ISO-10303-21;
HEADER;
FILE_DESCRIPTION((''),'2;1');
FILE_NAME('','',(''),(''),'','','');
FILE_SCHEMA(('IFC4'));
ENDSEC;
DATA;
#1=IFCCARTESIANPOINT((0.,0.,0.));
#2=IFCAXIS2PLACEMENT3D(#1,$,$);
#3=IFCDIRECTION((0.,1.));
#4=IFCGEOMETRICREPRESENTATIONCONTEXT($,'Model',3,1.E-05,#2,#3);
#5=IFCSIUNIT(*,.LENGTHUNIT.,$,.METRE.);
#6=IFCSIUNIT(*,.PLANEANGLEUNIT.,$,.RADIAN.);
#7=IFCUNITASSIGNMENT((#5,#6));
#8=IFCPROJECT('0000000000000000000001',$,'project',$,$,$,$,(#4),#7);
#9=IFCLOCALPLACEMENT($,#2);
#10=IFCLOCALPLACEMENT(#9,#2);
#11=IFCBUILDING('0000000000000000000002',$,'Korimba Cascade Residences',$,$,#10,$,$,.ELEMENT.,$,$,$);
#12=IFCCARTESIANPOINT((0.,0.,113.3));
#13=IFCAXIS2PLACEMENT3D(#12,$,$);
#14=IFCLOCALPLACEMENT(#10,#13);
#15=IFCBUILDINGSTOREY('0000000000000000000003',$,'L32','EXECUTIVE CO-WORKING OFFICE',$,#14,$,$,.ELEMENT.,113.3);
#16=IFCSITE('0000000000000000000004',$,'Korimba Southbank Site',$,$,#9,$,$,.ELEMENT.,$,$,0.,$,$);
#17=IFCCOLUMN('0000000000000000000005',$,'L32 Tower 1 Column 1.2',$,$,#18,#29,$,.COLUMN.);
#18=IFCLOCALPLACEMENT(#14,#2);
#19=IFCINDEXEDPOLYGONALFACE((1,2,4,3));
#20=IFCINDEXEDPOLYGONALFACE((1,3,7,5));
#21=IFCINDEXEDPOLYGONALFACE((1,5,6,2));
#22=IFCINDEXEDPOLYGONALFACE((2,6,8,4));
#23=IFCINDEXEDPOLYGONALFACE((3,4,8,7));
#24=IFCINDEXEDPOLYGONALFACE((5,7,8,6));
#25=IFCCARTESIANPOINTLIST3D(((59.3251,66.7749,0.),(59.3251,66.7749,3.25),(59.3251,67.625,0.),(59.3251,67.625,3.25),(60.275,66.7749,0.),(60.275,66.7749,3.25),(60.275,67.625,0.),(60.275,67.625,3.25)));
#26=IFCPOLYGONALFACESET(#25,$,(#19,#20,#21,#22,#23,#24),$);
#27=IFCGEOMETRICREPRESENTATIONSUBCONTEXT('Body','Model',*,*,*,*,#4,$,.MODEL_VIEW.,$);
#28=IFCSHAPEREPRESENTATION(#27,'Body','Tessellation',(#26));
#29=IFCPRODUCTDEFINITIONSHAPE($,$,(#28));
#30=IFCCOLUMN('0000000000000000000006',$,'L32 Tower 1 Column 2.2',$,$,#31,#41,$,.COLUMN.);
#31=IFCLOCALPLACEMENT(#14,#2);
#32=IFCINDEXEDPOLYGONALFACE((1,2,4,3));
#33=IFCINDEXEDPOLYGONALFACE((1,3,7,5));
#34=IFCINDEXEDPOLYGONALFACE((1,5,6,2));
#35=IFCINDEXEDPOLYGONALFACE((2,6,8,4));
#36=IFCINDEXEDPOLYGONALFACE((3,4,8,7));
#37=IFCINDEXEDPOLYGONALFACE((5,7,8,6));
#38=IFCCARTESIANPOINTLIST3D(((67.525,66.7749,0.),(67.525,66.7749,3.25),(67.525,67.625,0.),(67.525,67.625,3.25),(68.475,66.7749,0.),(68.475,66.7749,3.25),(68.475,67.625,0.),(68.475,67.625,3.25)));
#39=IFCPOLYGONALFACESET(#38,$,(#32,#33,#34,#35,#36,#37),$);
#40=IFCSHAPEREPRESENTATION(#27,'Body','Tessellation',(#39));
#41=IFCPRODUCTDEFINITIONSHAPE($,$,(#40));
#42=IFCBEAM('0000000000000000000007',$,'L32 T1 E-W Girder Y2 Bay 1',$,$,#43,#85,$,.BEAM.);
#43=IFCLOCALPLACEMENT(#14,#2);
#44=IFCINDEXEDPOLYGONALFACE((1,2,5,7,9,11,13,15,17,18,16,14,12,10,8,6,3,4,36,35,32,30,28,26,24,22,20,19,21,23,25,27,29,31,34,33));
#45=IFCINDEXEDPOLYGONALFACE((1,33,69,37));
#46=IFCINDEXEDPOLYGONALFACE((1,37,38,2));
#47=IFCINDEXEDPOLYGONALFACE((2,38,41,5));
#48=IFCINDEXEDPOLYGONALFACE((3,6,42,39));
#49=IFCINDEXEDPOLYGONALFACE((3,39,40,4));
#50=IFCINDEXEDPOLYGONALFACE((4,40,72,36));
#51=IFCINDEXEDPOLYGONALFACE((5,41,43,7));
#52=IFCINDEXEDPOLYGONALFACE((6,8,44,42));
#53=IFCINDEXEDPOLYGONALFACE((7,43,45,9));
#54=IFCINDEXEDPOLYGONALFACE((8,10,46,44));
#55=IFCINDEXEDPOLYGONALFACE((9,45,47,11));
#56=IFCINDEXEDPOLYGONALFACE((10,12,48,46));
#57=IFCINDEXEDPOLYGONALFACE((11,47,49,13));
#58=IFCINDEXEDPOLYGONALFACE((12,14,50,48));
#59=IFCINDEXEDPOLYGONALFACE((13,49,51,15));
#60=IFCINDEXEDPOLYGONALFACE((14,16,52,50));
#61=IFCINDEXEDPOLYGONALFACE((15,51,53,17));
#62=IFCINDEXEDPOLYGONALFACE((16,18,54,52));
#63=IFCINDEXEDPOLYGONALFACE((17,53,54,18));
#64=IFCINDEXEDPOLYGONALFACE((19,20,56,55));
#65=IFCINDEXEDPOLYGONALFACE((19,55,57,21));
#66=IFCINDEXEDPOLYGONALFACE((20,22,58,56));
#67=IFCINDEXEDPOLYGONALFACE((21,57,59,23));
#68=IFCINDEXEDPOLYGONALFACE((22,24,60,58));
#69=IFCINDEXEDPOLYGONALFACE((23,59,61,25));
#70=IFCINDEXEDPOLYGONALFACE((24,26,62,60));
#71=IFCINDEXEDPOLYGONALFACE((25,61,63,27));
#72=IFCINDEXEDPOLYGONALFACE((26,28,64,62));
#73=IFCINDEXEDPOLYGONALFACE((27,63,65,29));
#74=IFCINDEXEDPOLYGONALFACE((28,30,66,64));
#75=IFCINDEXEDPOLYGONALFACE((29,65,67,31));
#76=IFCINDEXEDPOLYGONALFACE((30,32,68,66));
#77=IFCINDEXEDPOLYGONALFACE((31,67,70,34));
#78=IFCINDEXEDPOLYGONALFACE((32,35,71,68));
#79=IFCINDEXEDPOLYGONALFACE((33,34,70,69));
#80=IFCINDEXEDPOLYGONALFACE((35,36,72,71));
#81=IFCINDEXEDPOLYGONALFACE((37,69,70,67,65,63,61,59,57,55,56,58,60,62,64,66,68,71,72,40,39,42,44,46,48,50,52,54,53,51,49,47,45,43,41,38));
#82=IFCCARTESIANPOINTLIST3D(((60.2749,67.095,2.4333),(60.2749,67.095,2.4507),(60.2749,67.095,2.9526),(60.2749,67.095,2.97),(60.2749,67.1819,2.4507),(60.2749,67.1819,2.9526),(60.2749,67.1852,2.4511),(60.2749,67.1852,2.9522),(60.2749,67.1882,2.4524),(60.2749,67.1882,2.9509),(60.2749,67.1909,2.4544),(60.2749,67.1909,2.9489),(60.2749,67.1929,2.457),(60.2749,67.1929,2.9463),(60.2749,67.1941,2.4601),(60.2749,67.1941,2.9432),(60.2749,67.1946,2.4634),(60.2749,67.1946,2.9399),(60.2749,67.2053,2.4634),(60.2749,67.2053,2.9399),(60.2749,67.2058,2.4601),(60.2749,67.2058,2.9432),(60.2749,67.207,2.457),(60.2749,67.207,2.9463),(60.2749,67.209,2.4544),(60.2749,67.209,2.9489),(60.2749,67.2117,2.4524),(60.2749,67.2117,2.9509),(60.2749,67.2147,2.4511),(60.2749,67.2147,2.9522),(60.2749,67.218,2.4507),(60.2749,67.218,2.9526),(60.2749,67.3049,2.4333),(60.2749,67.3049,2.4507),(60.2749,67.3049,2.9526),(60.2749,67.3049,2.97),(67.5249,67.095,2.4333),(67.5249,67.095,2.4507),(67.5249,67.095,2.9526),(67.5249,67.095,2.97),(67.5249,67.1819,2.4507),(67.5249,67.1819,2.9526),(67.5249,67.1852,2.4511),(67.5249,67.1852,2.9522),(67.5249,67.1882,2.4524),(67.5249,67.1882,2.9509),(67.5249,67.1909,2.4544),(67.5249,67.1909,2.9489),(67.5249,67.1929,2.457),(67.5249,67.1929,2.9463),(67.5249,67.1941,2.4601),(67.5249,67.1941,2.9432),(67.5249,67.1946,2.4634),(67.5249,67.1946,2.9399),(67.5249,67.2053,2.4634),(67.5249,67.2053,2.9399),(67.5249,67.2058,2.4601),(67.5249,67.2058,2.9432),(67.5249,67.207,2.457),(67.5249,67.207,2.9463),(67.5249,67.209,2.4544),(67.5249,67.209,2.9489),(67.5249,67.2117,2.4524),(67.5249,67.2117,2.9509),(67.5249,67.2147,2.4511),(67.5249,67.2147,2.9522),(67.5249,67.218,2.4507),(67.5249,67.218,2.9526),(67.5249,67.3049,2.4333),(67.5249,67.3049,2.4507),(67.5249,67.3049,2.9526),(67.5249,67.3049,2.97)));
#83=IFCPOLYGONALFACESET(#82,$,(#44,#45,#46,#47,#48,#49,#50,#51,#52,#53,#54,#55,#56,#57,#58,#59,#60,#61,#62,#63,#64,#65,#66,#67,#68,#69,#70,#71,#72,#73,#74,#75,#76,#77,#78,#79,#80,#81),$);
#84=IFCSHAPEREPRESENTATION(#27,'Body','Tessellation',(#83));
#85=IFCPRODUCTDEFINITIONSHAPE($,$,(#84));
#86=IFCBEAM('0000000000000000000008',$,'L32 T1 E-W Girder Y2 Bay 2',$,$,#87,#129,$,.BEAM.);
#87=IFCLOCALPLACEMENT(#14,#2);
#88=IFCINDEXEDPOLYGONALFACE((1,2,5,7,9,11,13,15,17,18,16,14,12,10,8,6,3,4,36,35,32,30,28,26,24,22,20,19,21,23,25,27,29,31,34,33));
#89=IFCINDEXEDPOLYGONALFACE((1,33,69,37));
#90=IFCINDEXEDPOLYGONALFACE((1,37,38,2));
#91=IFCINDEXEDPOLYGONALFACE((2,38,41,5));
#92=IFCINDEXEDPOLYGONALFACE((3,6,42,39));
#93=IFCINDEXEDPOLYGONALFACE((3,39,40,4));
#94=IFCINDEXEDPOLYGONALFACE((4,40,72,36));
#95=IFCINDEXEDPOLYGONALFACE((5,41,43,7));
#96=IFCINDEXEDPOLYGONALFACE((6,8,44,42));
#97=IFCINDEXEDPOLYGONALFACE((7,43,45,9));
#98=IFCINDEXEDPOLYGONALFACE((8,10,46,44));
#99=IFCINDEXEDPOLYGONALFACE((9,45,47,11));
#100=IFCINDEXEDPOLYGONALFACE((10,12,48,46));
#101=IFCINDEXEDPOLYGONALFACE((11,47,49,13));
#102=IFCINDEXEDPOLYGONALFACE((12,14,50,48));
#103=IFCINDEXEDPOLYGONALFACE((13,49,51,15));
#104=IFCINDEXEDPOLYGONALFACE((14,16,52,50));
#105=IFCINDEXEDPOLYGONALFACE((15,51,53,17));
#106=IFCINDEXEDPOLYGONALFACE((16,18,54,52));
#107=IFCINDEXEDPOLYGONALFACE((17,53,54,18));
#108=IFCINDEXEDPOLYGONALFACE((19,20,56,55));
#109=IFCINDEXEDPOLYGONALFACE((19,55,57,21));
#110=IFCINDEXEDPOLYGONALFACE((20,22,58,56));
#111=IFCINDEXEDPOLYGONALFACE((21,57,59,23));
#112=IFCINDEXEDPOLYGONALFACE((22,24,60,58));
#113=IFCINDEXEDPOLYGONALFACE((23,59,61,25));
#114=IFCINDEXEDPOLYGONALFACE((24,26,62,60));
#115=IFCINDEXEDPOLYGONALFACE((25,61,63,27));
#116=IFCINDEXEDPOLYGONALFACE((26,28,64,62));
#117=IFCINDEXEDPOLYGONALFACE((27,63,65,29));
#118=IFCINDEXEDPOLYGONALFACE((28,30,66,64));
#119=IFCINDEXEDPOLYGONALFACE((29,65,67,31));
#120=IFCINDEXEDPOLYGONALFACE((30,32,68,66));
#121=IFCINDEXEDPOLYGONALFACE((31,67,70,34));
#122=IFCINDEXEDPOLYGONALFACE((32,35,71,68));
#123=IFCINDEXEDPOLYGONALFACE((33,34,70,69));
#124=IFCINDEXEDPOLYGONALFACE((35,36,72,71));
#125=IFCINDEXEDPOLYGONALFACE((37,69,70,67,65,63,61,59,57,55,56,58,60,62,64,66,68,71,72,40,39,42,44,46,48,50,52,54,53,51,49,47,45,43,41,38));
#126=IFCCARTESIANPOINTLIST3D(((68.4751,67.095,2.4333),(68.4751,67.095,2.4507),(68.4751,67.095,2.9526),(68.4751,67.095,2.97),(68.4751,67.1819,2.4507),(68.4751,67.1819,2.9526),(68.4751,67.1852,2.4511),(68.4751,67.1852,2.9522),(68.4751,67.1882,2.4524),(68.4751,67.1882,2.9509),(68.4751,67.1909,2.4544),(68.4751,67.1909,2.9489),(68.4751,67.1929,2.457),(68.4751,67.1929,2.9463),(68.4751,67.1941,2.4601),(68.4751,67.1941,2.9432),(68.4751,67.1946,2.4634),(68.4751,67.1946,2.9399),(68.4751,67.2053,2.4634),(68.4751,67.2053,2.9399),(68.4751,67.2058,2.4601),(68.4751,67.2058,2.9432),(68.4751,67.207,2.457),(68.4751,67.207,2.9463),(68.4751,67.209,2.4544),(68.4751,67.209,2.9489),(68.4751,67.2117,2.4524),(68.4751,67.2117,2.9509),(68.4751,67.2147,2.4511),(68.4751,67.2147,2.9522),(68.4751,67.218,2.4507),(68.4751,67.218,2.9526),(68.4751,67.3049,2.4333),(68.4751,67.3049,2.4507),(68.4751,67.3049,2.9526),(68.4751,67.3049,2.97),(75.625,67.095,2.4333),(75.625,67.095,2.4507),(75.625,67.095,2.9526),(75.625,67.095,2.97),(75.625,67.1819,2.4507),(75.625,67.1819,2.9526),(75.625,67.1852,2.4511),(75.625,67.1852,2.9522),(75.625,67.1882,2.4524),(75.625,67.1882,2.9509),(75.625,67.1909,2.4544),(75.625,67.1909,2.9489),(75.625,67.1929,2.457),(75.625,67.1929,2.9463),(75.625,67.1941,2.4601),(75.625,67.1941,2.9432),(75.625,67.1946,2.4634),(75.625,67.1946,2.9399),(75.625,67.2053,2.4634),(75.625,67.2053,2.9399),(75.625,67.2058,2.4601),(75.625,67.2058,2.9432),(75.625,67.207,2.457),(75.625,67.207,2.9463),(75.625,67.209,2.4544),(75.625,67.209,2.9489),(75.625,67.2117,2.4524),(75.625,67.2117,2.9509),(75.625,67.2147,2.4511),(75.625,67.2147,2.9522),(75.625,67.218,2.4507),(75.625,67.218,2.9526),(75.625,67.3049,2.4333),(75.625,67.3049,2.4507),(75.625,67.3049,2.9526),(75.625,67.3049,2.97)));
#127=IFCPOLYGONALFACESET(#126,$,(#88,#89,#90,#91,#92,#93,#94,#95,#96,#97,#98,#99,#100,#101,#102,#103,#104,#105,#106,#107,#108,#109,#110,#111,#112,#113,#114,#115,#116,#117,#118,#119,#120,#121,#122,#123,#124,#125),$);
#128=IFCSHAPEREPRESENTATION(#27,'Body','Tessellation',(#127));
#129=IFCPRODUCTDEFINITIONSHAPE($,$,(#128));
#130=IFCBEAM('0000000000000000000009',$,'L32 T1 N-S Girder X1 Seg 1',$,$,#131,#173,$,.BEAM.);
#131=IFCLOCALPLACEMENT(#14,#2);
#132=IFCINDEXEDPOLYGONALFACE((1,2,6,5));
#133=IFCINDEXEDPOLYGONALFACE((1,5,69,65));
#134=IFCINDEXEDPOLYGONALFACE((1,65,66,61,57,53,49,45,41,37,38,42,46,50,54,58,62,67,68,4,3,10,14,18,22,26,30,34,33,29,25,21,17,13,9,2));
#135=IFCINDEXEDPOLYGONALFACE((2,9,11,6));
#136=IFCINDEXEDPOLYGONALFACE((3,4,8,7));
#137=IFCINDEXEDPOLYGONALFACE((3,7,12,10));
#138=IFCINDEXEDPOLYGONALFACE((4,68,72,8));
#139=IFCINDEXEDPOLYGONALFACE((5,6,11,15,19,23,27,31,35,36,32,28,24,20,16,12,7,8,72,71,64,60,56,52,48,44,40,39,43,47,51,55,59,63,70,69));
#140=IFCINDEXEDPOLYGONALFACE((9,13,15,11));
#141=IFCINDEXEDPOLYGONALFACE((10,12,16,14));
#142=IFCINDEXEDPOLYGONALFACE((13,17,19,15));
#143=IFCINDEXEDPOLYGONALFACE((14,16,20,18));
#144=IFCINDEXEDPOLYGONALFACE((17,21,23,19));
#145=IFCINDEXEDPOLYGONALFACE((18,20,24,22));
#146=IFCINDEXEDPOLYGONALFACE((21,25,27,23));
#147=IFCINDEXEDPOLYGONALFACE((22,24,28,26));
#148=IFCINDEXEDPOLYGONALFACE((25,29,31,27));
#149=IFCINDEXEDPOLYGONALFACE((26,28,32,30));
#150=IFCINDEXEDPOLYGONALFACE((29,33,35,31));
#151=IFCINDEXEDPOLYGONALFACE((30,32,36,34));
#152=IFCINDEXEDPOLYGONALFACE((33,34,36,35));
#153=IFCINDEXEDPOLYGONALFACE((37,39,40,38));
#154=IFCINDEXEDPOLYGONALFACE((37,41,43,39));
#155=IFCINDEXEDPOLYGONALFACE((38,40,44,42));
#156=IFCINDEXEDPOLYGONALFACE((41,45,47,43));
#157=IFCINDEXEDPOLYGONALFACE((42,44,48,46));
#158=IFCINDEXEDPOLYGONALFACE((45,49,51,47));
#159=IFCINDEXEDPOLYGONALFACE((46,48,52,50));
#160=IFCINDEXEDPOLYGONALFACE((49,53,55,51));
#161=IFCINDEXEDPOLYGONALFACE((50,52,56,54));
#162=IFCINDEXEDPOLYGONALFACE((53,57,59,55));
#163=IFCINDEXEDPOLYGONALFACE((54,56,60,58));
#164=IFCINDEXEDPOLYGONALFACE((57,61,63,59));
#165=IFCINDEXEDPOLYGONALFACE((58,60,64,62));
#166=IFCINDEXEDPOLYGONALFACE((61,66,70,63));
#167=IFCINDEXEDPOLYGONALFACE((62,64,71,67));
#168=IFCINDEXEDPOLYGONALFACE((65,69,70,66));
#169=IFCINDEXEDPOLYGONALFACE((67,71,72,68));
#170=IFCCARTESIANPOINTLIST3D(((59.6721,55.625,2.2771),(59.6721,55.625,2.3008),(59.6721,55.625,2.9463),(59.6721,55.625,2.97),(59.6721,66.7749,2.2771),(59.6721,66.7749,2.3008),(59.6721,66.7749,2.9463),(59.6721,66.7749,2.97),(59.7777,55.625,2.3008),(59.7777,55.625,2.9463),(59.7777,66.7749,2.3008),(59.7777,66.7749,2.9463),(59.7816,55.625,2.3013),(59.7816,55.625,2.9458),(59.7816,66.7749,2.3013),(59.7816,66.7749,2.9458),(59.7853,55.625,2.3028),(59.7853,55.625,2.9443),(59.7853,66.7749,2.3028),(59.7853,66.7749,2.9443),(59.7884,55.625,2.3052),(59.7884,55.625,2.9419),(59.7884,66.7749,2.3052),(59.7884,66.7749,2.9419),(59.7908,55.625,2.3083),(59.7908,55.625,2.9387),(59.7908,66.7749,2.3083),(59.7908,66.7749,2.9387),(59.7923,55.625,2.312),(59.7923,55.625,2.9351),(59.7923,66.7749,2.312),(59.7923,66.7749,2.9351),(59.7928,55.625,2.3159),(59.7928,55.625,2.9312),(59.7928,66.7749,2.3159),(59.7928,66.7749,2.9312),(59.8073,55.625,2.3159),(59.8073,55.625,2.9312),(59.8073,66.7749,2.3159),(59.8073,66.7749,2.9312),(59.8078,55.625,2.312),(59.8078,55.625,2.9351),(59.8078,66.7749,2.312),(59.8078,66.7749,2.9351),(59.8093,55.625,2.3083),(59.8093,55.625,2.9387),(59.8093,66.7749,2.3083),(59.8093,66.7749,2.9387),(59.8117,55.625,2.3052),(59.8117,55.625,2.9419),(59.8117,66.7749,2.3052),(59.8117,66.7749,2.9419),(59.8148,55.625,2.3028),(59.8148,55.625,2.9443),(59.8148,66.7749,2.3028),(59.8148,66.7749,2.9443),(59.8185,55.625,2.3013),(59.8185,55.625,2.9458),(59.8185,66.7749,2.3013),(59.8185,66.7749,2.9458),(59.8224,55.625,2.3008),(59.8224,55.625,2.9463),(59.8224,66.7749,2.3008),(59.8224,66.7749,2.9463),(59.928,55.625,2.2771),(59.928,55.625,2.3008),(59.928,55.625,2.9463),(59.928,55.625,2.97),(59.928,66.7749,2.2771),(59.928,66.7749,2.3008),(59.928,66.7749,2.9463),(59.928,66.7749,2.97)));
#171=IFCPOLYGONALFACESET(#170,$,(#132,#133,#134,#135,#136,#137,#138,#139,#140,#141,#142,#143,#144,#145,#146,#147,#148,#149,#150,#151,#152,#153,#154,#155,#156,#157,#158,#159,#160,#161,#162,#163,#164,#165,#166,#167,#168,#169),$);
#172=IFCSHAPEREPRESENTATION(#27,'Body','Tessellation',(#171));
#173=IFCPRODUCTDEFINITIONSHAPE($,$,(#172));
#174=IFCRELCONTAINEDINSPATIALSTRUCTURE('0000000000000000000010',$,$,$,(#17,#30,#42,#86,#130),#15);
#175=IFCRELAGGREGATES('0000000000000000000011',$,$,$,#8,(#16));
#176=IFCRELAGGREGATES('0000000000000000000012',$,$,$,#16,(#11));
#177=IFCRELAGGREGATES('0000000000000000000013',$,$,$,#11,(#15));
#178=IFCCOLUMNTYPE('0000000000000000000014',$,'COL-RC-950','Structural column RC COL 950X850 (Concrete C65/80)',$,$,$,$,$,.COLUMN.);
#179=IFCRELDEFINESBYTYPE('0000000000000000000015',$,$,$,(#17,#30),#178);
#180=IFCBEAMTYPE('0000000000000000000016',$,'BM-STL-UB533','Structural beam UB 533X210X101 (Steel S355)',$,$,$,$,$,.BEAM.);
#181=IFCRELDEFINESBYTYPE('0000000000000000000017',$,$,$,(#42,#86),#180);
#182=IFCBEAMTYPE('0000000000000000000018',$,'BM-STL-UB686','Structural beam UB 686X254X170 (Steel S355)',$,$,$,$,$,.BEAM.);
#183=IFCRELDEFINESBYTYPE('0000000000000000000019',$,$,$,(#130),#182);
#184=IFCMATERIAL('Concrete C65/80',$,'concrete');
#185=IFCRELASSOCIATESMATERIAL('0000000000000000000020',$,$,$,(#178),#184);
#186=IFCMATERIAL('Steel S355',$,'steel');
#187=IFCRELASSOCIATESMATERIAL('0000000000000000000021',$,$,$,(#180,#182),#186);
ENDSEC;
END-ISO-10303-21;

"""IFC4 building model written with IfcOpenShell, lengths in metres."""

from ifc_helpers import new_model, si_unit, direction, frame, origin, origin_2d, place, context, subcontext, project, spatial, rectangle, i_section, extrude, material, material_profile, profile_set, type_object, element, save


model = new_model("IFC4")

# Units and contexts
model_context = context("Model", 3, precision=1e-05, world=origin(), true_north=direction((0.0, 1.0)))
body_context = subcontext(model_context, "Body", "Model", "MODEL_VIEW")
ifc_project = project(units=[si_unit("LENGTHUNIT", "METRE"), si_unit("PLANEANGLEUNIT", "RADIAN")], contexts=[model_context])

# Site, building, storey
site_placement = place(None, origin())
site = spatial("IfcSite", under=ifc_project, at=site_placement, Name="Korimba Southbank Site", CompositionType="ELEMENT", RefElevation=0.0)
building_placement = place(site_placement, origin())
building = spatial("IfcBuilding", under=site, at=building_placement, Name="Korimba Cascade Residences", CompositionType="ELEMENT")
storey_placement = place(building_placement, frame((0.0, 0.0, 113.3)))
storey = spatial("IfcBuildingStorey", under=building, at=storey_placement, Name="L32", Description="EXECUTIVE CO-WORKING OFFICE", CompositionType="ELEMENT", Elevation=113.3)

# Columns
ifc_material_1 = material(Name="Concrete C65/80", Category="concrete")
ifc_material_profile_1 = material_profile(ifc_material_1, rectangle(XDim=0.95, YDim=0.8501, at=origin_2d()), Name="Concrete C65/80")
ifc_profile_set_1 = profile_set([ifc_material_profile_1], Name="Concrete C65/80")
column_type = type_object("IfcColumnType", Name="COL-RC-950", Description="Structural column RC COL 950X850 (Concrete C65/80)", PredefinedType="COLUMN", material=ifc_profile_set_1)
for number, where, z_axis, x_axis, name in (
    (1, (59.8, 67.2, 0.0), (0.0, 0.0, 1.0), (1.0, 0.0, 0.0), "L32 Tower 1 Column 1.2"),
    (2, (68.0, 67.2, 0.0), (0.0, 0.0, 1.0), (1.0, 0.0, 0.0), "L32 Tower 1 Column 2.2"),
):
    element("IfcColumn", number, at=place(storey_placement, frame(where, z_axis=z_axis, x_axis=x_axis)), inside=storey, type_object=column_type, Name=name, PredefinedType="COLUMN", context=body_context, shape_type="SweptSolid", body=[
        extrude(rectangle(XDim=0.95, YDim=0.8501, at=origin_2d()), origin(), (0.0, 0.0, 1.0), 3.25),
    ])

# Beams
ifc_material_2 = material(Name="Steel S355", Category="steel")
ifc_material_profile_2 = material_profile(ifc_material_2, i_section(OverallWidth=0.21, OverallDepth=0.5366, WebThickness=0.0107, FlangeThickness=0.0173, FilletRadius=0.0127, at=origin_2d()), Name="Steel S355")
ifc_profile_set_2 = profile_set([ifc_material_profile_2], Name="Steel S355")
beam_type_1 = type_object("IfcBeamType", Name="BM-STL-UB533", Description="Structural beam UB 533X210X101 (Steel S355)", PredefinedType="BEAM", material=ifc_profile_set_2)
beam_1_placement = place(storey_placement, frame((60.2749, 67.2, 2.7017), z_axis=(1.0, 0.0, 0.0), x_axis=(0.0, 1.0, 0.0)))
element("IfcBeam", 3, at=beam_1_placement, inside=storey, type_object=beam_type_1, Name="L32 T1 E-W Girder Y2 Bay 1", PredefinedType="BEAM", context=body_context, shape_type="SweptSolid", body=[
    extrude(i_section(OverallWidth=0.21, OverallDepth=0.5366, WebThickness=0.0107, FlangeThickness=0.0173, FilletRadius=0.0127, at=origin_2d()), origin(), (0.0, 0.0, 1.0), 7.25),
])
beam_2_placement = place(storey_placement, frame((68.4751, 67.2, 2.7017), z_axis=(1.0, 0.0, 0.0), x_axis=(0.0, 1.0, 0.0)))
element("IfcBeam", 4, at=beam_2_placement, inside=storey, type_object=beam_type_1, Name="L32 T1 E-W Girder Y2 Bay 2", PredefinedType="BEAM", context=body_context, shape_type="SweptSolid", body=[
    extrude(i_section(OverallWidth=0.21, OverallDepth=0.5366, WebThickness=0.0107, FlangeThickness=0.0173, FilletRadius=0.0127, at=origin_2d()), origin(), (0.0, 0.0, 1.0), 7.1499),
])
ifc_material_profile_3 = material_profile(ifc_material_2, i_section(OverallWidth=0.2559, OverallDepth=0.6929, WebThickness=0.0144, FlangeThickness=0.0237, FilletRadius=0.0151, at=origin_2d()), Name="Steel S355")
ifc_profile_set_3 = profile_set([ifc_material_profile_3], Name="Steel S355")
beam_type_2 = type_object("IfcBeamType", Name="BM-STL-UB686", Description="Structural beam UB 686X254X170 (Steel S355)", PredefinedType="BEAM", material=ifc_profile_set_3)
beam_3_placement = place(storey_placement, frame((59.8, 55.625, 2.6235), z_axis=(0.0, 1.0, 0.0), x_axis=(-1.0, 0.0, 0.0)))
element("IfcBeam", 5, at=beam_3_placement, inside=storey, type_object=beam_type_2, Name="L32 T1 N-S Girder X1 Seg 1", PredefinedType="BEAM", context=body_context, shape_type="SweptSolid", body=[
    extrude(i_section(OverallWidth=0.2559, OverallDepth=0.6929, WebThickness=0.0144, FlangeThickness=0.0237, FilletRadius=0.0151, at=origin_2d()), origin(), (0.0, 0.0, 1.0), 11.1499),
])

save(model, "model.ifc")
